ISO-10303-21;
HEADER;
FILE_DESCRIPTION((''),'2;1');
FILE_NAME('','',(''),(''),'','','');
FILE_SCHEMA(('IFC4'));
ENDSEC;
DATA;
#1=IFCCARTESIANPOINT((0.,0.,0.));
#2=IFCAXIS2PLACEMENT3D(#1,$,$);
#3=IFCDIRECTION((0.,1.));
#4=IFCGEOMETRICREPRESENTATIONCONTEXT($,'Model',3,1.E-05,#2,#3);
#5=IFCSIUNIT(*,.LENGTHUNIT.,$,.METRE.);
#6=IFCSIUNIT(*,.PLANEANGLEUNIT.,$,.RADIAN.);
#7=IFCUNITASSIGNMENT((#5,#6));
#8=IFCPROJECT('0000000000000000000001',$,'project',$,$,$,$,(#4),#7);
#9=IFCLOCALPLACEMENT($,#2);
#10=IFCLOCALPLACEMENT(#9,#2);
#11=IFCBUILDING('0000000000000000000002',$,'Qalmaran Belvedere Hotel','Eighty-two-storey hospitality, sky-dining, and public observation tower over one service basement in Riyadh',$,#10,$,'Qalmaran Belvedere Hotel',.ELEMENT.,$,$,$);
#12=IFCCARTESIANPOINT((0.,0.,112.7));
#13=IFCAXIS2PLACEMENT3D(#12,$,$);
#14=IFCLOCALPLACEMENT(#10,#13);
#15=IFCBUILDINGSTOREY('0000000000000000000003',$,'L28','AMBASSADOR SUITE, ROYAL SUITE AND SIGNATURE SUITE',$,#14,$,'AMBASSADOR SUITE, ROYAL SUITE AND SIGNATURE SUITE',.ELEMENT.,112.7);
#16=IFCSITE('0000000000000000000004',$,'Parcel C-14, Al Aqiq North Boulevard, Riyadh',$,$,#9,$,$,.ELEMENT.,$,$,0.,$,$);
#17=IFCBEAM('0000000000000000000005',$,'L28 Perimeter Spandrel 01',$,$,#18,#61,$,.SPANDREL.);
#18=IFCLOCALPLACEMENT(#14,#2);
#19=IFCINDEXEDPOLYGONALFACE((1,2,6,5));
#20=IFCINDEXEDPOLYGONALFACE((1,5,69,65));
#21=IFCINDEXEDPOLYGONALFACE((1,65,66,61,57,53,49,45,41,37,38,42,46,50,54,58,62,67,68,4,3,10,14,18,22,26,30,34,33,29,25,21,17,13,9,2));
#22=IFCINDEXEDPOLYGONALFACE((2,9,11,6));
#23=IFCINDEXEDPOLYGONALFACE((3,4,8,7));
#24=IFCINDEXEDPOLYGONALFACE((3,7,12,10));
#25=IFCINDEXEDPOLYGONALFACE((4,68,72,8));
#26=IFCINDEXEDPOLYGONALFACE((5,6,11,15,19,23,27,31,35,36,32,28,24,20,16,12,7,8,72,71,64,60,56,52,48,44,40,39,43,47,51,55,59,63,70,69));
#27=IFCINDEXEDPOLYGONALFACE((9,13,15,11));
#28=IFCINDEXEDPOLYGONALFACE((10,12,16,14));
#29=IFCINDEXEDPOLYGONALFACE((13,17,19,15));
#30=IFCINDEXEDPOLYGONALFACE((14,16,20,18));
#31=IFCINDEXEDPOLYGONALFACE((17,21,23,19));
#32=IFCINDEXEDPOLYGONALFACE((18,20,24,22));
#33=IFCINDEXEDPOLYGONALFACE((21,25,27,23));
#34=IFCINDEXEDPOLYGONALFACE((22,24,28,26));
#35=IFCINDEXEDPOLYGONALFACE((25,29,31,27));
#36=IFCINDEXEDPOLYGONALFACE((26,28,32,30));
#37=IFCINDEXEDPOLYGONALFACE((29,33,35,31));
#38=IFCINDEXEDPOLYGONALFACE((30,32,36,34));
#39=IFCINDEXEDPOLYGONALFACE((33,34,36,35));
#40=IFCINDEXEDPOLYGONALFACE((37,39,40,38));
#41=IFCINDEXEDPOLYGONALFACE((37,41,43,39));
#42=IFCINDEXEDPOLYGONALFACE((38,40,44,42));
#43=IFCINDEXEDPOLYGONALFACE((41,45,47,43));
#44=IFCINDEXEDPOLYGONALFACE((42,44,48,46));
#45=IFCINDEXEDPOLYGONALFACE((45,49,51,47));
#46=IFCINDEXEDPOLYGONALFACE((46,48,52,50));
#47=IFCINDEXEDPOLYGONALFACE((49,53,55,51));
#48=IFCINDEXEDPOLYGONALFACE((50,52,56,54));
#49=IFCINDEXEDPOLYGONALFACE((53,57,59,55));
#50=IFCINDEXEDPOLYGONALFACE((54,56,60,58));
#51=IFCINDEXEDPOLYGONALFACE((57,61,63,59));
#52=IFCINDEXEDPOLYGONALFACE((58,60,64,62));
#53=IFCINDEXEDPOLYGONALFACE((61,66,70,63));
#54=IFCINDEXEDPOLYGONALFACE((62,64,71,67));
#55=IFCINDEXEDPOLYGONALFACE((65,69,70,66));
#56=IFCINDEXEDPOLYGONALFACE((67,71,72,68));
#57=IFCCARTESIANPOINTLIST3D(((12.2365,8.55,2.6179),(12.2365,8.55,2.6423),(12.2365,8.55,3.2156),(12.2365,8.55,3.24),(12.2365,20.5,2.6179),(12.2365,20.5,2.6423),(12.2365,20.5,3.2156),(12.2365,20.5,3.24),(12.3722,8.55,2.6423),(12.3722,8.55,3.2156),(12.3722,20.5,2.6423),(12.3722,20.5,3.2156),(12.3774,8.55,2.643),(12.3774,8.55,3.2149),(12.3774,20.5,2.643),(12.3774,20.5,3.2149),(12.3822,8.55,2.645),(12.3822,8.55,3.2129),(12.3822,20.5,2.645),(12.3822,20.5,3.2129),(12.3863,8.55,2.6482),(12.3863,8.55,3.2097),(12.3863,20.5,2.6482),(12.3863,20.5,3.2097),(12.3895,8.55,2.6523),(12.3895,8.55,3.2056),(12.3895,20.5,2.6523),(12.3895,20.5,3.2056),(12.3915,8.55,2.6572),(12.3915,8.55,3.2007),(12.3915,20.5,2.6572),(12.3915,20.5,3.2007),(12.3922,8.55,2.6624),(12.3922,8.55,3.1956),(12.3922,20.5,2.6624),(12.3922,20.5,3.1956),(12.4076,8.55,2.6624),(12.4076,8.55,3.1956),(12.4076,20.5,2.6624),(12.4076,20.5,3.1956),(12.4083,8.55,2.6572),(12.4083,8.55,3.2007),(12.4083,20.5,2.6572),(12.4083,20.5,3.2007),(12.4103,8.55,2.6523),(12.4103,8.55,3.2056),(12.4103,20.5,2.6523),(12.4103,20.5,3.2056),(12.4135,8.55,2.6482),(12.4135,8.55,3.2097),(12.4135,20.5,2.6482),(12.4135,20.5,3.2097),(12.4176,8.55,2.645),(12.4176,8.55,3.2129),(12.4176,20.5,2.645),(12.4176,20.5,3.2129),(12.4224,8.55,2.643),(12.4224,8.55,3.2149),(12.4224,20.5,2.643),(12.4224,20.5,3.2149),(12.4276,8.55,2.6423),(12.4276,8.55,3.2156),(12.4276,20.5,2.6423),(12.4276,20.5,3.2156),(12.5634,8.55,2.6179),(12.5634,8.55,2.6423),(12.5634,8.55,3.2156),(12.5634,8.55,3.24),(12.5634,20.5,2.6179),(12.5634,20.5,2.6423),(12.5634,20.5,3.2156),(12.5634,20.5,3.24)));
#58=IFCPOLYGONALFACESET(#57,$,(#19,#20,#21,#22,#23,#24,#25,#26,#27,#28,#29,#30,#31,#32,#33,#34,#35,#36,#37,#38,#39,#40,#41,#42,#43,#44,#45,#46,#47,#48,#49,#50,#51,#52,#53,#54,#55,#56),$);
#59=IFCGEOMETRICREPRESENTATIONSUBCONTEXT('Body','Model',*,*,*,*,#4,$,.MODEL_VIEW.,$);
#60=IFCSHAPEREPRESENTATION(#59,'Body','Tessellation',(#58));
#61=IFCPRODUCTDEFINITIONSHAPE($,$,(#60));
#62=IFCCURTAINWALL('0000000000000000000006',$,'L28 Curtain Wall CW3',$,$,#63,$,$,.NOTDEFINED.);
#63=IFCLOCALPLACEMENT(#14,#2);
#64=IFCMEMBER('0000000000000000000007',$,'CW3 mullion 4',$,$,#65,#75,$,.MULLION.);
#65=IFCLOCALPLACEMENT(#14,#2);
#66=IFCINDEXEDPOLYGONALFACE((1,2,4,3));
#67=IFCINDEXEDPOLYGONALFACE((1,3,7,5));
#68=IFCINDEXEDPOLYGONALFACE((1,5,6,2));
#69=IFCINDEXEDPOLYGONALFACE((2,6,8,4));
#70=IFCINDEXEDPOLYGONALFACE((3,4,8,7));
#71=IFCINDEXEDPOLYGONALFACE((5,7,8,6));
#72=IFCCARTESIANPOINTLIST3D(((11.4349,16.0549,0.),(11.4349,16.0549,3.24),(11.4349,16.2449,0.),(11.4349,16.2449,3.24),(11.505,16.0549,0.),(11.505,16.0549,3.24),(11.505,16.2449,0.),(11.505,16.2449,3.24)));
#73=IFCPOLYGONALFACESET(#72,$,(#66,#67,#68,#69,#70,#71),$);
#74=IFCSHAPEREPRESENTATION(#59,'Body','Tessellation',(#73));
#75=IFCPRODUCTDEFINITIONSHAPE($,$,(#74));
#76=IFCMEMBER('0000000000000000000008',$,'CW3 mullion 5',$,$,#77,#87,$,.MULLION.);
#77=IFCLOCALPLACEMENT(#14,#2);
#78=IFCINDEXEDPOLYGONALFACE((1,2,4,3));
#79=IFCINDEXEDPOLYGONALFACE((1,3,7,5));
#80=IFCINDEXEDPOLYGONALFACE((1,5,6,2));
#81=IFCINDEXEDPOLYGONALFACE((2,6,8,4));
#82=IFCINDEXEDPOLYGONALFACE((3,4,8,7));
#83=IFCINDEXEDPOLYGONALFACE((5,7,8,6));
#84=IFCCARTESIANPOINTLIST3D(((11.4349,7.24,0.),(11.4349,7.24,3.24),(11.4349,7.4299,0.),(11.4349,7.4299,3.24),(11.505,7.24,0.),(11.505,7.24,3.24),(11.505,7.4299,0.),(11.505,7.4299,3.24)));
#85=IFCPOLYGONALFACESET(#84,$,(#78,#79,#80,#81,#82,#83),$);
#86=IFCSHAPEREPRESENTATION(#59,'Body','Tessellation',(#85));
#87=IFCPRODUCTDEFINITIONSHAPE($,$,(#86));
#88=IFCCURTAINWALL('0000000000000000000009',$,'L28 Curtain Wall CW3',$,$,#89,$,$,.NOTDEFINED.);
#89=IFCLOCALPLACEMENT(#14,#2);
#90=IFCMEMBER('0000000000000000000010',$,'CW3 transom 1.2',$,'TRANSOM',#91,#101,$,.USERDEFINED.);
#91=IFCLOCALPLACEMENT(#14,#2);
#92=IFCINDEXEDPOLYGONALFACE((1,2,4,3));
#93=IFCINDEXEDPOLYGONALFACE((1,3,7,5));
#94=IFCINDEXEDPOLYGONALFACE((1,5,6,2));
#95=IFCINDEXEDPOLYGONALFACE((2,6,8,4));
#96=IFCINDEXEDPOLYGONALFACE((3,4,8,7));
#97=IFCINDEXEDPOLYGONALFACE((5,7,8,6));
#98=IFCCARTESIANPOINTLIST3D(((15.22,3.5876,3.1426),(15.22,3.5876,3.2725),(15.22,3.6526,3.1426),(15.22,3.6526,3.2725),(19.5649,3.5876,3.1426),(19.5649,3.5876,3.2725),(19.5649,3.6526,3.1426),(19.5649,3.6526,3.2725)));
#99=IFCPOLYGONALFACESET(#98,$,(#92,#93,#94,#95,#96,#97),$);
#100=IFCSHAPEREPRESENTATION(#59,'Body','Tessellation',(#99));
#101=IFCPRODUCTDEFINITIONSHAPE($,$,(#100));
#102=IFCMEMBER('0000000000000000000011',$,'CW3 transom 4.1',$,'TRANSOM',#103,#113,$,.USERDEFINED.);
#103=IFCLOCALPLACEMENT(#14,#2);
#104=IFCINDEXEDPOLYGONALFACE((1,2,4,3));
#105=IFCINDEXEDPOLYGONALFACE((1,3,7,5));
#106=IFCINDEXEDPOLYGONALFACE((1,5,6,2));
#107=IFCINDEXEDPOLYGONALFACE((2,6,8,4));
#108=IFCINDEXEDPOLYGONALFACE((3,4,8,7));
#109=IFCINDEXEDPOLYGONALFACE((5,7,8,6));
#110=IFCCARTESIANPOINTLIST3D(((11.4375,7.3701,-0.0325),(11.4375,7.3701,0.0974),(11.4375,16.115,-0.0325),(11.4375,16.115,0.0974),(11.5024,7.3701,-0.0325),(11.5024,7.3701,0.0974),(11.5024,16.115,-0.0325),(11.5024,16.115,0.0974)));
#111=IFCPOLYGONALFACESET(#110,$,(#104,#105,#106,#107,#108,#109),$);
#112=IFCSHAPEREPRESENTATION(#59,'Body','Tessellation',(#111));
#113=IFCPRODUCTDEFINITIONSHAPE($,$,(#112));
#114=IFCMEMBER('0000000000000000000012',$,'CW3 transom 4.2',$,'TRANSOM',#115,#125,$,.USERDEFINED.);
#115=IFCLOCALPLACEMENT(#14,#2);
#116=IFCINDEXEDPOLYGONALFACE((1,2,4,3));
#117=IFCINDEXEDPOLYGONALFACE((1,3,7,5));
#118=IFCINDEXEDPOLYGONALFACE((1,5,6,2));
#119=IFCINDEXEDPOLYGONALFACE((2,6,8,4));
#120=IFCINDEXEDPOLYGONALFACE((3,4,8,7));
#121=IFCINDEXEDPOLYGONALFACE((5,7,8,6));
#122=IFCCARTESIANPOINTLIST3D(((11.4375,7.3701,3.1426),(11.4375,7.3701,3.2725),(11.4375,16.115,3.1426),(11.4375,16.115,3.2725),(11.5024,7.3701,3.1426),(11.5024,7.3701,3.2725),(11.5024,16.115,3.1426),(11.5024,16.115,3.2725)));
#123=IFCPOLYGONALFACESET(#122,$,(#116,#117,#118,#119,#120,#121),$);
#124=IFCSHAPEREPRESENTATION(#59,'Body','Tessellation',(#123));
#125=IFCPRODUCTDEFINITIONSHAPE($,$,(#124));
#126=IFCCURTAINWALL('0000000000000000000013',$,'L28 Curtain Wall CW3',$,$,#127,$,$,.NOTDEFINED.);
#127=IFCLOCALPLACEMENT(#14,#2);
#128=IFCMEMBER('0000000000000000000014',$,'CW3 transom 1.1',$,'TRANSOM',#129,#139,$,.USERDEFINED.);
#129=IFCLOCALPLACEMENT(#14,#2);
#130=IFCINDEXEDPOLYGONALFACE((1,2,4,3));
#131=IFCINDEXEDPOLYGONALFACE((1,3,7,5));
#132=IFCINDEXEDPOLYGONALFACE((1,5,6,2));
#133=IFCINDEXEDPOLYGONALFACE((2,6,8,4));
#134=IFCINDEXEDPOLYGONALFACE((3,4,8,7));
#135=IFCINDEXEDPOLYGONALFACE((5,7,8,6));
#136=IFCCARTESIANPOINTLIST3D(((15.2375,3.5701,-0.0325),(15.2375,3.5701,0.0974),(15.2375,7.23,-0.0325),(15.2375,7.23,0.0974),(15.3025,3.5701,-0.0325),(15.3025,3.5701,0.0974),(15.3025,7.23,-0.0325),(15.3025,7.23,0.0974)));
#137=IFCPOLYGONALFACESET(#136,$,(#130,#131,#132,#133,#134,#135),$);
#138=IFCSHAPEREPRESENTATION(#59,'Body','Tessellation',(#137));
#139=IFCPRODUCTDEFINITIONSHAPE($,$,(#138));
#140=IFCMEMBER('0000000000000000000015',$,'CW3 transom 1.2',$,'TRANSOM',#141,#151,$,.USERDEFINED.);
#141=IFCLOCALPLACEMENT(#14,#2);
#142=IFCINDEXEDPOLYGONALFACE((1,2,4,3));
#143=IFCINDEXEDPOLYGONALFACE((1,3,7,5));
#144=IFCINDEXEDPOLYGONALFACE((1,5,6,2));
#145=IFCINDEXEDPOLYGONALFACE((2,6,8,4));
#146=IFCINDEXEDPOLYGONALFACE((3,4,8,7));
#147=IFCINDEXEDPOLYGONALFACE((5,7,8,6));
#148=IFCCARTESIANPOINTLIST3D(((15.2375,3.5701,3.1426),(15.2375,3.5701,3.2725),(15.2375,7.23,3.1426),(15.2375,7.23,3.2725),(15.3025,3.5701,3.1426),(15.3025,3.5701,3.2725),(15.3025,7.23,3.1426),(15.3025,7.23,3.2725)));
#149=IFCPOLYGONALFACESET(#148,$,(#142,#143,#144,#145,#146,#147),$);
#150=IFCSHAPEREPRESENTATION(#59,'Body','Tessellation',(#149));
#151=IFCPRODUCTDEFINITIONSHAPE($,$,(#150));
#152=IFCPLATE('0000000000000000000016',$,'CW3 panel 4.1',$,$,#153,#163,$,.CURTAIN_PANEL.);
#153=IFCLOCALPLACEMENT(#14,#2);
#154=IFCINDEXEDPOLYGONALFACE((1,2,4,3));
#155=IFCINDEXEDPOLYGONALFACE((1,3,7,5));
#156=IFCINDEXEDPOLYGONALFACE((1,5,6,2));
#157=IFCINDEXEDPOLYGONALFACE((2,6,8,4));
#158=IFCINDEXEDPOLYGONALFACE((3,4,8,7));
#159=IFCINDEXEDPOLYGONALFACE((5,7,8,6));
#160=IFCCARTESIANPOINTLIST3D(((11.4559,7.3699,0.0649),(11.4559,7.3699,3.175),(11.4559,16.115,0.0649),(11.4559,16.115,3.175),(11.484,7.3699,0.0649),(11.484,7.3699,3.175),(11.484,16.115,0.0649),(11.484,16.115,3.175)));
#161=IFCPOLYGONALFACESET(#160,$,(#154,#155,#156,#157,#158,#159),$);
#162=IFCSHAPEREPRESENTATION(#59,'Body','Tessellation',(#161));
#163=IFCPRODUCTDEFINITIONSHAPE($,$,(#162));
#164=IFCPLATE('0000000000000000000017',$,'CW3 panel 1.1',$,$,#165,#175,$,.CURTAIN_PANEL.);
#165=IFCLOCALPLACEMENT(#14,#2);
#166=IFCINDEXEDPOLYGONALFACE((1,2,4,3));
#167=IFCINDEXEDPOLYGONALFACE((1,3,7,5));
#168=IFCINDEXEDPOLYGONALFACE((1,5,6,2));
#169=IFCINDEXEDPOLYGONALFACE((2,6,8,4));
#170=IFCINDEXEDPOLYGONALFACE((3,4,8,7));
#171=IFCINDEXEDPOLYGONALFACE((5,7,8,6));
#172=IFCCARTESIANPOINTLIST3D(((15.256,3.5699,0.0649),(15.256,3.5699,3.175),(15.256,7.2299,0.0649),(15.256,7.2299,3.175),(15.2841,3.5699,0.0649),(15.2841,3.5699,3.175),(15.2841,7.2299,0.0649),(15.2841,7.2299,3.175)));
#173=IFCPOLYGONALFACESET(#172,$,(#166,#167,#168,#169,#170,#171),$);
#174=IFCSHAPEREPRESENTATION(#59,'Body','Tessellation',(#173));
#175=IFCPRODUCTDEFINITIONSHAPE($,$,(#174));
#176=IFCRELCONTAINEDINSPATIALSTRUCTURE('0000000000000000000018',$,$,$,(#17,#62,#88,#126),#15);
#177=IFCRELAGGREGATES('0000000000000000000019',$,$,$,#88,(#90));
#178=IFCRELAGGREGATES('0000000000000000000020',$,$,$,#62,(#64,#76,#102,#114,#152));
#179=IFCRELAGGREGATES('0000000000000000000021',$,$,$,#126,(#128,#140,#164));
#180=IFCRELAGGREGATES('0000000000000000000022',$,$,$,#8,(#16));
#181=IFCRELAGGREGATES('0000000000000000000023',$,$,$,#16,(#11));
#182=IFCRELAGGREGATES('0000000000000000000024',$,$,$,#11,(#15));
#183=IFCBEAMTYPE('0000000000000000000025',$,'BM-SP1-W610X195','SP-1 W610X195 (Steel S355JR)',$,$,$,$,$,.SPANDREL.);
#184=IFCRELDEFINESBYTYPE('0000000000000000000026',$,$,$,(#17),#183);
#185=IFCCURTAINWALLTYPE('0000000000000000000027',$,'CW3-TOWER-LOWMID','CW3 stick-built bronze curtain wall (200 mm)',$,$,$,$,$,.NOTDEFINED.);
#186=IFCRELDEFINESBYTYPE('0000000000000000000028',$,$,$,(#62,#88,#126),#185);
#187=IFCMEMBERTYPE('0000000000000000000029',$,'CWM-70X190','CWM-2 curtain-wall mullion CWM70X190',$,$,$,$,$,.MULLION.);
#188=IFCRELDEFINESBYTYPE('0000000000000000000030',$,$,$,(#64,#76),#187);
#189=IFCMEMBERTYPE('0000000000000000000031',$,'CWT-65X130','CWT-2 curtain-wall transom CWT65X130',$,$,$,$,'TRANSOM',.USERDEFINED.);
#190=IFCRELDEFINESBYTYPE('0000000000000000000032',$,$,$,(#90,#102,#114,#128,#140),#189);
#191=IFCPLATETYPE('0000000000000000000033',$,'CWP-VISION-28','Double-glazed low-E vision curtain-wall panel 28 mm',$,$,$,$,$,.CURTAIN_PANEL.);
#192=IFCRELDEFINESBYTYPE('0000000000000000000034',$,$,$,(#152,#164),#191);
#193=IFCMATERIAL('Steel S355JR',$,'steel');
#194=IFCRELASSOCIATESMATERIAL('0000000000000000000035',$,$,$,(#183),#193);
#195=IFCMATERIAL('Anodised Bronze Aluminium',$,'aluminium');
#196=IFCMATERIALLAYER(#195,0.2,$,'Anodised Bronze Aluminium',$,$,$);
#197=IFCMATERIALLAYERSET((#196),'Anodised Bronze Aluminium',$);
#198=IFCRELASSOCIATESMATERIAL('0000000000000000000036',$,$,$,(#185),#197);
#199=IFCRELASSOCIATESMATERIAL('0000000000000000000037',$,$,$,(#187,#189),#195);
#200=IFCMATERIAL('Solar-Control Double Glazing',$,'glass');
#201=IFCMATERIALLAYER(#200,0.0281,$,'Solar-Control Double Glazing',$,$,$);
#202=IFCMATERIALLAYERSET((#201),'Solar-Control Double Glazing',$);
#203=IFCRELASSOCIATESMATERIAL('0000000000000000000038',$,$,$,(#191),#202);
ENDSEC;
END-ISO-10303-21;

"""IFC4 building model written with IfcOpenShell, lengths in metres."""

from ifc_helpers import new_model, si_unit, direction, frame, origin, origin_2d, place, context, subcontext, project, spatial, rectangle, i_section, extrude, material, layer, layer_set, material_profile, profile_set, type_object, element, aggregate, save


model = new_model("IFC4")

# Units and contexts
model_context = context("Model", 3, precision=1e-05, world=origin(), true_north=direction((0.0, 1.0)))
body_context = subcontext(model_context, "Body", "Model", "MODEL_VIEW")
ifc_project = project(units=[si_unit("LENGTHUNIT", "METRE"), si_unit("PLANEANGLEUNIT", "RADIAN")], contexts=[model_context])

# Site, building, storey
site_placement = place(None, origin())
site = spatial("IfcSite", under=ifc_project, at=site_placement, Name="Parcel C-14, Al Aqiq North Boulevard, Riyadh", CompositionType="ELEMENT", RefElevation=0.0)
building_placement = place(site_placement, origin())
building = spatial("IfcBuilding", under=site, at=building_placement, Name="Qalmaran Belvedere Hotel", Description="Eighty-two-storey hospitality, sky-dining, and public observation tower over one service basement in Riyadh", LongName="Qalmaran Belvedere Hotel", CompositionType="ELEMENT")
storey_placement = place(building_placement, frame((0.0, 0.0, 112.7)))
storey = spatial("IfcBuildingStorey", under=building, at=storey_placement, Name="L28", Description="AMBASSADOR SUITE, ROYAL SUITE AND SIGNATURE SUITE", LongName="AMBASSADOR SUITE, ROYAL SUITE AND SIGNATURE SUITE", CompositionType="ELEMENT", Elevation=112.7)

# Beam
ifc_material_1 = material(Name="Steel S355JR", Category="steel")
ifc_material_profile_1 = material_profile(ifc_material_1, i_section(OverallWidth=0.3269, OverallDepth=0.6221, WebThickness=0.0154, FlangeThickness=0.0244, FilletRadius=0.02, at=origin_2d()), Name="W610X195")
ifc_profile_set_1 = profile_set([ifc_material_profile_1], Name="Steel S355JR")
beam_type_1 = type_object("IfcBeamType", Name="BM-SP1-W610X195", Description="SP-1 W610X195 (Steel S355JR)", PredefinedType="SPANDREL", material=ifc_profile_set_1)
beam_1_placement = place(storey_placement, frame((12.3999, 8.55, 2.929), z_axis=(0.0, 1.0, 0.0), x_axis=(-1.0, 0.0, 0.0)))
element("IfcBeam", 1, at=beam_1_placement, inside=storey, type_object=beam_type_1, Name="L28 Perimeter Spandrel 01", PredefinedType="SPANDREL", context=body_context, shape_type="SweptSolid", body=[
    extrude(i_section(OverallWidth=0.3269, OverallDepth=0.6221, WebThickness=0.0154, FlangeThickness=0.0244, FilletRadius=0.02, at=origin_2d()), origin(), (0.0, 0.0, 1.0), 11.95),
])

# Curtain wall, members
ifc_material_2 = material(Name="Anodised Bronze Aluminium", Category="aluminium")
ifc_layer_1 = layer(ifc_material_2, 0.2, Name="Anodised Bronze Aluminium")
ifc_layer_set_1 = layer_set([ifc_layer_1], Name="Anodised Bronze Aluminium")
curtain_wall_type = type_object("IfcCurtainWallType", Name="CW3-TOWER-LOWMID", Description="CW3 stick-built bronze curtain wall (200 mm)", PredefinedType="NOTDEFINED", material=ifc_layer_set_1)
curtain_wall_1_placement = place(storey_placement, origin())
curtain_wall_1 = element("IfcCurtainWall", 2, at=curtain_wall_1_placement, inside=storey, type_object=curtain_wall_type, Name="L28 Curtain Wall CW3", PredefinedType="NOTDEFINED")
ifc_material_profile_2 = material_profile(ifc_material_2, rectangle(XDim=0.0701, YDim=0.1899, at=origin_2d()), Name="CWM70X190")
ifc_profile_set_2 = profile_set([ifc_material_profile_2], Name="Anodised Bronze Aluminium")
member_type_1 = type_object("IfcMemberType", Name="CWM-70X190", Description="CWM-2 curtain-wall mullion CWM70X190", PredefinedType="MULLION", material=ifc_profile_set_2)
member_1_placement = place(storey_placement, frame((11.47, 16.1499, 0.0), z_axis=(0.0, 0.0, 1.0), x_axis=(1.0, 0.0, 0.0)))
member_1 = element("IfcMember", 3, at=member_1_placement, type_object=member_type_1, Name="CW3 mullion 4", PredefinedType="MULLION", context=body_context, shape_type="SweptSolid", body=[
    extrude(rectangle(XDim=0.0701, YDim=0.1899, at=origin_2d()), origin(), (0.0, 0.0, 1.0), 3.24),
])
member_2_placement = place(storey_placement, frame((11.47, 7.335, 0.0), z_axis=(0.0, 0.0, 1.0), x_axis=(1.0, 0.0, 0.0)))
member_2 = element("IfcMember", 4, at=member_2_placement, type_object=member_type_1, Name="CW3 mullion 5", PredefinedType="MULLION", context=body_context, shape_type="SweptSolid", body=[
    extrude(rectangle(XDim=0.0701, YDim=0.1899, at=origin_2d()), origin(), (0.0, 0.0, 1.0), 3.24),
])

# Curtain wall, member
curtain_wall_2_placement = place(storey_placement, origin())
curtain_wall_2 = element("IfcCurtainWall", 5, at=curtain_wall_2_placement, inside=storey, type_object=curtain_wall_type, Name="L28 Curtain Wall CW3", PredefinedType="NOTDEFINED")
ifc_material_profile_3 = material_profile(ifc_material_2, rectangle(XDim=0.0649, YDim=0.1299, at=origin_2d()), Name="CWT65X130")
ifc_profile_set_3 = profile_set([ifc_material_profile_3], Name="Anodised Bronze Aluminium")
member_type_2 = type_object("IfcMemberType", Name="CWT-65X130", Description="CWT-2 curtain-wall transom CWT65X130", ElementType="TRANSOM", PredefinedType="USERDEFINED", material=ifc_profile_set_3)
member_3_placement = place(storey_placement, frame((15.22, 3.6201, 3.2075), z_axis=(1.0, 0.0, 0.0), x_axis=(0.0, 1.0, 0.0)))
member_3 = element("IfcMember", 6, at=member_3_placement, type_object=member_type_2, Name="CW3 transom 1.2", ObjectType="TRANSOM", PredefinedType="USERDEFINED", context=body_context, shape_type="SweptSolid", body=[
    extrude(rectangle(XDim=0.0649, YDim=0.1299, at=origin_2d()), origin(), (0.0, 0.0, 1.0), 4.345),
])
aggregate(curtain_wall_2, [member_3])

# Members
member_4_placement = place(storey_placement, frame((11.47, 16.115, 0.0325), z_axis=(0.0, -1.0, 0.0), x_axis=(1.0, 0.0, 0.0)))
member_4 = element("IfcMember", 7, at=member_4_placement, type_object=member_type_2, Name="CW3 transom 4.1", ObjectType="TRANSOM", PredefinedType="USERDEFINED", context=body_context, shape_type="SweptSolid", body=[
    extrude(rectangle(XDim=0.0649, YDim=0.1299, at=origin_2d()), origin(), (0.0, 0.0, 1.0), 8.7449),
])
member_5_placement = place(storey_placement, frame((11.47, 16.115, 3.2075), z_axis=(0.0, -1.0, 0.0), x_axis=(1.0, 0.0, 0.0)))
member_5 = element("IfcMember", 8, at=member_5_placement, type_object=member_type_2, Name="CW3 transom 4.2", ObjectType="TRANSOM", PredefinedType="USERDEFINED", context=body_context, shape_type="SweptSolid", body=[
    extrude(rectangle(XDim=0.0649, YDim=0.1299, at=origin_2d()), origin(), (0.0, 0.0, 1.0), 8.7449),
])

# Curtain wall, members
curtain_wall_3_placement = place(storey_placement, origin())
curtain_wall_3 = element("IfcCurtainWall", 9, at=curtain_wall_3_placement, inside=storey, type_object=curtain_wall_type, Name="L28 Curtain Wall CW3", PredefinedType="NOTDEFINED")
member_6_placement = place(storey_placement, frame((15.27, 7.23, 0.0325), z_axis=(0.0, -1.0, 0.0), x_axis=(1.0, 0.0, 0.0)))
member_6 = element("IfcMember", 10, at=member_6_placement, type_object=member_type_2, Name="CW3 transom 1.1", ObjectType="TRANSOM", PredefinedType="USERDEFINED", context=body_context, shape_type="SweptSolid", body=[
    extrude(rectangle(XDim=0.0649, YDim=0.1299, at=origin_2d()), origin(), (0.0, 0.0, 1.0), 3.6599),
])
member_7_placement = place(storey_placement, frame((15.27, 7.23, 3.2075), z_axis=(0.0, -1.0, 0.0), x_axis=(1.0, 0.0, 0.0)))
member_7 = element("IfcMember", 11, at=member_7_placement, type_object=member_type_2, Name="CW3 transom 1.2", ObjectType="TRANSOM", PredefinedType="USERDEFINED", context=body_context, shape_type="SweptSolid", body=[
    extrude(rectangle(XDim=0.0649, YDim=0.1299, at=origin_2d()), origin(), (0.0, 0.0, 1.0), 3.6599),
])

# Plates
ifc_material_3 = material(Name="Solar-Control Double Glazing", Category="glass")
ifc_layer_2 = layer(ifc_material_3, 0.0281, Name="Solar-Control Double Glazing")
ifc_layer_set_2 = layer_set([ifc_layer_2], Name="Solar-Control Double Glazing")
plate_type = type_object("IfcPlateType", Name="CWP-VISION-28", Description="Double-glazed low-E vision curtain-wall panel 28 mm", PredefinedType="CURTAIN_PANEL", material=ifc_layer_set_2)
plate_1_placement = place(storey_placement, frame((11.47, 11.7424, 0.0649), z_axis=(0.0, 0.0, 1.0), x_axis=(0.0, -1.0, 0.0)))
plate_1 = element("IfcPlate", 12, at=plate_1_placement, type_object=plate_type, Name="CW3 panel 4.1", PredefinedType="CURTAIN_PANEL", context=body_context, shape_type="SweptSolid", body=[
    extrude(rectangle(XDim=8.7451, YDim=0.0281, at=origin_2d()), origin(), (0.0, 0.0, 1.0), 3.1101),
])
aggregate(curtain_wall_1, [member_1, member_2, member_4, member_5, plate_1])
plate_2_placement = place(storey_placement, frame((15.27, 5.3999, 0.0649), z_axis=(0.0, 0.0, 1.0), x_axis=(0.0, -1.0, 0.0)))
plate_2 = element("IfcPlate", 13, at=plate_2_placement, type_object=plate_type, Name="CW3 panel 1.1", PredefinedType="CURTAIN_PANEL", context=body_context, shape_type="SweptSolid", body=[
    extrude(rectangle(XDim=3.6599, YDim=0.0281, at=origin_2d()), origin(), (0.0, 0.0, 1.0), 3.1101),
])
aggregate(curtain_wall_3, [member_6, member_7, plate_2])

save(model, "model.ifc")
